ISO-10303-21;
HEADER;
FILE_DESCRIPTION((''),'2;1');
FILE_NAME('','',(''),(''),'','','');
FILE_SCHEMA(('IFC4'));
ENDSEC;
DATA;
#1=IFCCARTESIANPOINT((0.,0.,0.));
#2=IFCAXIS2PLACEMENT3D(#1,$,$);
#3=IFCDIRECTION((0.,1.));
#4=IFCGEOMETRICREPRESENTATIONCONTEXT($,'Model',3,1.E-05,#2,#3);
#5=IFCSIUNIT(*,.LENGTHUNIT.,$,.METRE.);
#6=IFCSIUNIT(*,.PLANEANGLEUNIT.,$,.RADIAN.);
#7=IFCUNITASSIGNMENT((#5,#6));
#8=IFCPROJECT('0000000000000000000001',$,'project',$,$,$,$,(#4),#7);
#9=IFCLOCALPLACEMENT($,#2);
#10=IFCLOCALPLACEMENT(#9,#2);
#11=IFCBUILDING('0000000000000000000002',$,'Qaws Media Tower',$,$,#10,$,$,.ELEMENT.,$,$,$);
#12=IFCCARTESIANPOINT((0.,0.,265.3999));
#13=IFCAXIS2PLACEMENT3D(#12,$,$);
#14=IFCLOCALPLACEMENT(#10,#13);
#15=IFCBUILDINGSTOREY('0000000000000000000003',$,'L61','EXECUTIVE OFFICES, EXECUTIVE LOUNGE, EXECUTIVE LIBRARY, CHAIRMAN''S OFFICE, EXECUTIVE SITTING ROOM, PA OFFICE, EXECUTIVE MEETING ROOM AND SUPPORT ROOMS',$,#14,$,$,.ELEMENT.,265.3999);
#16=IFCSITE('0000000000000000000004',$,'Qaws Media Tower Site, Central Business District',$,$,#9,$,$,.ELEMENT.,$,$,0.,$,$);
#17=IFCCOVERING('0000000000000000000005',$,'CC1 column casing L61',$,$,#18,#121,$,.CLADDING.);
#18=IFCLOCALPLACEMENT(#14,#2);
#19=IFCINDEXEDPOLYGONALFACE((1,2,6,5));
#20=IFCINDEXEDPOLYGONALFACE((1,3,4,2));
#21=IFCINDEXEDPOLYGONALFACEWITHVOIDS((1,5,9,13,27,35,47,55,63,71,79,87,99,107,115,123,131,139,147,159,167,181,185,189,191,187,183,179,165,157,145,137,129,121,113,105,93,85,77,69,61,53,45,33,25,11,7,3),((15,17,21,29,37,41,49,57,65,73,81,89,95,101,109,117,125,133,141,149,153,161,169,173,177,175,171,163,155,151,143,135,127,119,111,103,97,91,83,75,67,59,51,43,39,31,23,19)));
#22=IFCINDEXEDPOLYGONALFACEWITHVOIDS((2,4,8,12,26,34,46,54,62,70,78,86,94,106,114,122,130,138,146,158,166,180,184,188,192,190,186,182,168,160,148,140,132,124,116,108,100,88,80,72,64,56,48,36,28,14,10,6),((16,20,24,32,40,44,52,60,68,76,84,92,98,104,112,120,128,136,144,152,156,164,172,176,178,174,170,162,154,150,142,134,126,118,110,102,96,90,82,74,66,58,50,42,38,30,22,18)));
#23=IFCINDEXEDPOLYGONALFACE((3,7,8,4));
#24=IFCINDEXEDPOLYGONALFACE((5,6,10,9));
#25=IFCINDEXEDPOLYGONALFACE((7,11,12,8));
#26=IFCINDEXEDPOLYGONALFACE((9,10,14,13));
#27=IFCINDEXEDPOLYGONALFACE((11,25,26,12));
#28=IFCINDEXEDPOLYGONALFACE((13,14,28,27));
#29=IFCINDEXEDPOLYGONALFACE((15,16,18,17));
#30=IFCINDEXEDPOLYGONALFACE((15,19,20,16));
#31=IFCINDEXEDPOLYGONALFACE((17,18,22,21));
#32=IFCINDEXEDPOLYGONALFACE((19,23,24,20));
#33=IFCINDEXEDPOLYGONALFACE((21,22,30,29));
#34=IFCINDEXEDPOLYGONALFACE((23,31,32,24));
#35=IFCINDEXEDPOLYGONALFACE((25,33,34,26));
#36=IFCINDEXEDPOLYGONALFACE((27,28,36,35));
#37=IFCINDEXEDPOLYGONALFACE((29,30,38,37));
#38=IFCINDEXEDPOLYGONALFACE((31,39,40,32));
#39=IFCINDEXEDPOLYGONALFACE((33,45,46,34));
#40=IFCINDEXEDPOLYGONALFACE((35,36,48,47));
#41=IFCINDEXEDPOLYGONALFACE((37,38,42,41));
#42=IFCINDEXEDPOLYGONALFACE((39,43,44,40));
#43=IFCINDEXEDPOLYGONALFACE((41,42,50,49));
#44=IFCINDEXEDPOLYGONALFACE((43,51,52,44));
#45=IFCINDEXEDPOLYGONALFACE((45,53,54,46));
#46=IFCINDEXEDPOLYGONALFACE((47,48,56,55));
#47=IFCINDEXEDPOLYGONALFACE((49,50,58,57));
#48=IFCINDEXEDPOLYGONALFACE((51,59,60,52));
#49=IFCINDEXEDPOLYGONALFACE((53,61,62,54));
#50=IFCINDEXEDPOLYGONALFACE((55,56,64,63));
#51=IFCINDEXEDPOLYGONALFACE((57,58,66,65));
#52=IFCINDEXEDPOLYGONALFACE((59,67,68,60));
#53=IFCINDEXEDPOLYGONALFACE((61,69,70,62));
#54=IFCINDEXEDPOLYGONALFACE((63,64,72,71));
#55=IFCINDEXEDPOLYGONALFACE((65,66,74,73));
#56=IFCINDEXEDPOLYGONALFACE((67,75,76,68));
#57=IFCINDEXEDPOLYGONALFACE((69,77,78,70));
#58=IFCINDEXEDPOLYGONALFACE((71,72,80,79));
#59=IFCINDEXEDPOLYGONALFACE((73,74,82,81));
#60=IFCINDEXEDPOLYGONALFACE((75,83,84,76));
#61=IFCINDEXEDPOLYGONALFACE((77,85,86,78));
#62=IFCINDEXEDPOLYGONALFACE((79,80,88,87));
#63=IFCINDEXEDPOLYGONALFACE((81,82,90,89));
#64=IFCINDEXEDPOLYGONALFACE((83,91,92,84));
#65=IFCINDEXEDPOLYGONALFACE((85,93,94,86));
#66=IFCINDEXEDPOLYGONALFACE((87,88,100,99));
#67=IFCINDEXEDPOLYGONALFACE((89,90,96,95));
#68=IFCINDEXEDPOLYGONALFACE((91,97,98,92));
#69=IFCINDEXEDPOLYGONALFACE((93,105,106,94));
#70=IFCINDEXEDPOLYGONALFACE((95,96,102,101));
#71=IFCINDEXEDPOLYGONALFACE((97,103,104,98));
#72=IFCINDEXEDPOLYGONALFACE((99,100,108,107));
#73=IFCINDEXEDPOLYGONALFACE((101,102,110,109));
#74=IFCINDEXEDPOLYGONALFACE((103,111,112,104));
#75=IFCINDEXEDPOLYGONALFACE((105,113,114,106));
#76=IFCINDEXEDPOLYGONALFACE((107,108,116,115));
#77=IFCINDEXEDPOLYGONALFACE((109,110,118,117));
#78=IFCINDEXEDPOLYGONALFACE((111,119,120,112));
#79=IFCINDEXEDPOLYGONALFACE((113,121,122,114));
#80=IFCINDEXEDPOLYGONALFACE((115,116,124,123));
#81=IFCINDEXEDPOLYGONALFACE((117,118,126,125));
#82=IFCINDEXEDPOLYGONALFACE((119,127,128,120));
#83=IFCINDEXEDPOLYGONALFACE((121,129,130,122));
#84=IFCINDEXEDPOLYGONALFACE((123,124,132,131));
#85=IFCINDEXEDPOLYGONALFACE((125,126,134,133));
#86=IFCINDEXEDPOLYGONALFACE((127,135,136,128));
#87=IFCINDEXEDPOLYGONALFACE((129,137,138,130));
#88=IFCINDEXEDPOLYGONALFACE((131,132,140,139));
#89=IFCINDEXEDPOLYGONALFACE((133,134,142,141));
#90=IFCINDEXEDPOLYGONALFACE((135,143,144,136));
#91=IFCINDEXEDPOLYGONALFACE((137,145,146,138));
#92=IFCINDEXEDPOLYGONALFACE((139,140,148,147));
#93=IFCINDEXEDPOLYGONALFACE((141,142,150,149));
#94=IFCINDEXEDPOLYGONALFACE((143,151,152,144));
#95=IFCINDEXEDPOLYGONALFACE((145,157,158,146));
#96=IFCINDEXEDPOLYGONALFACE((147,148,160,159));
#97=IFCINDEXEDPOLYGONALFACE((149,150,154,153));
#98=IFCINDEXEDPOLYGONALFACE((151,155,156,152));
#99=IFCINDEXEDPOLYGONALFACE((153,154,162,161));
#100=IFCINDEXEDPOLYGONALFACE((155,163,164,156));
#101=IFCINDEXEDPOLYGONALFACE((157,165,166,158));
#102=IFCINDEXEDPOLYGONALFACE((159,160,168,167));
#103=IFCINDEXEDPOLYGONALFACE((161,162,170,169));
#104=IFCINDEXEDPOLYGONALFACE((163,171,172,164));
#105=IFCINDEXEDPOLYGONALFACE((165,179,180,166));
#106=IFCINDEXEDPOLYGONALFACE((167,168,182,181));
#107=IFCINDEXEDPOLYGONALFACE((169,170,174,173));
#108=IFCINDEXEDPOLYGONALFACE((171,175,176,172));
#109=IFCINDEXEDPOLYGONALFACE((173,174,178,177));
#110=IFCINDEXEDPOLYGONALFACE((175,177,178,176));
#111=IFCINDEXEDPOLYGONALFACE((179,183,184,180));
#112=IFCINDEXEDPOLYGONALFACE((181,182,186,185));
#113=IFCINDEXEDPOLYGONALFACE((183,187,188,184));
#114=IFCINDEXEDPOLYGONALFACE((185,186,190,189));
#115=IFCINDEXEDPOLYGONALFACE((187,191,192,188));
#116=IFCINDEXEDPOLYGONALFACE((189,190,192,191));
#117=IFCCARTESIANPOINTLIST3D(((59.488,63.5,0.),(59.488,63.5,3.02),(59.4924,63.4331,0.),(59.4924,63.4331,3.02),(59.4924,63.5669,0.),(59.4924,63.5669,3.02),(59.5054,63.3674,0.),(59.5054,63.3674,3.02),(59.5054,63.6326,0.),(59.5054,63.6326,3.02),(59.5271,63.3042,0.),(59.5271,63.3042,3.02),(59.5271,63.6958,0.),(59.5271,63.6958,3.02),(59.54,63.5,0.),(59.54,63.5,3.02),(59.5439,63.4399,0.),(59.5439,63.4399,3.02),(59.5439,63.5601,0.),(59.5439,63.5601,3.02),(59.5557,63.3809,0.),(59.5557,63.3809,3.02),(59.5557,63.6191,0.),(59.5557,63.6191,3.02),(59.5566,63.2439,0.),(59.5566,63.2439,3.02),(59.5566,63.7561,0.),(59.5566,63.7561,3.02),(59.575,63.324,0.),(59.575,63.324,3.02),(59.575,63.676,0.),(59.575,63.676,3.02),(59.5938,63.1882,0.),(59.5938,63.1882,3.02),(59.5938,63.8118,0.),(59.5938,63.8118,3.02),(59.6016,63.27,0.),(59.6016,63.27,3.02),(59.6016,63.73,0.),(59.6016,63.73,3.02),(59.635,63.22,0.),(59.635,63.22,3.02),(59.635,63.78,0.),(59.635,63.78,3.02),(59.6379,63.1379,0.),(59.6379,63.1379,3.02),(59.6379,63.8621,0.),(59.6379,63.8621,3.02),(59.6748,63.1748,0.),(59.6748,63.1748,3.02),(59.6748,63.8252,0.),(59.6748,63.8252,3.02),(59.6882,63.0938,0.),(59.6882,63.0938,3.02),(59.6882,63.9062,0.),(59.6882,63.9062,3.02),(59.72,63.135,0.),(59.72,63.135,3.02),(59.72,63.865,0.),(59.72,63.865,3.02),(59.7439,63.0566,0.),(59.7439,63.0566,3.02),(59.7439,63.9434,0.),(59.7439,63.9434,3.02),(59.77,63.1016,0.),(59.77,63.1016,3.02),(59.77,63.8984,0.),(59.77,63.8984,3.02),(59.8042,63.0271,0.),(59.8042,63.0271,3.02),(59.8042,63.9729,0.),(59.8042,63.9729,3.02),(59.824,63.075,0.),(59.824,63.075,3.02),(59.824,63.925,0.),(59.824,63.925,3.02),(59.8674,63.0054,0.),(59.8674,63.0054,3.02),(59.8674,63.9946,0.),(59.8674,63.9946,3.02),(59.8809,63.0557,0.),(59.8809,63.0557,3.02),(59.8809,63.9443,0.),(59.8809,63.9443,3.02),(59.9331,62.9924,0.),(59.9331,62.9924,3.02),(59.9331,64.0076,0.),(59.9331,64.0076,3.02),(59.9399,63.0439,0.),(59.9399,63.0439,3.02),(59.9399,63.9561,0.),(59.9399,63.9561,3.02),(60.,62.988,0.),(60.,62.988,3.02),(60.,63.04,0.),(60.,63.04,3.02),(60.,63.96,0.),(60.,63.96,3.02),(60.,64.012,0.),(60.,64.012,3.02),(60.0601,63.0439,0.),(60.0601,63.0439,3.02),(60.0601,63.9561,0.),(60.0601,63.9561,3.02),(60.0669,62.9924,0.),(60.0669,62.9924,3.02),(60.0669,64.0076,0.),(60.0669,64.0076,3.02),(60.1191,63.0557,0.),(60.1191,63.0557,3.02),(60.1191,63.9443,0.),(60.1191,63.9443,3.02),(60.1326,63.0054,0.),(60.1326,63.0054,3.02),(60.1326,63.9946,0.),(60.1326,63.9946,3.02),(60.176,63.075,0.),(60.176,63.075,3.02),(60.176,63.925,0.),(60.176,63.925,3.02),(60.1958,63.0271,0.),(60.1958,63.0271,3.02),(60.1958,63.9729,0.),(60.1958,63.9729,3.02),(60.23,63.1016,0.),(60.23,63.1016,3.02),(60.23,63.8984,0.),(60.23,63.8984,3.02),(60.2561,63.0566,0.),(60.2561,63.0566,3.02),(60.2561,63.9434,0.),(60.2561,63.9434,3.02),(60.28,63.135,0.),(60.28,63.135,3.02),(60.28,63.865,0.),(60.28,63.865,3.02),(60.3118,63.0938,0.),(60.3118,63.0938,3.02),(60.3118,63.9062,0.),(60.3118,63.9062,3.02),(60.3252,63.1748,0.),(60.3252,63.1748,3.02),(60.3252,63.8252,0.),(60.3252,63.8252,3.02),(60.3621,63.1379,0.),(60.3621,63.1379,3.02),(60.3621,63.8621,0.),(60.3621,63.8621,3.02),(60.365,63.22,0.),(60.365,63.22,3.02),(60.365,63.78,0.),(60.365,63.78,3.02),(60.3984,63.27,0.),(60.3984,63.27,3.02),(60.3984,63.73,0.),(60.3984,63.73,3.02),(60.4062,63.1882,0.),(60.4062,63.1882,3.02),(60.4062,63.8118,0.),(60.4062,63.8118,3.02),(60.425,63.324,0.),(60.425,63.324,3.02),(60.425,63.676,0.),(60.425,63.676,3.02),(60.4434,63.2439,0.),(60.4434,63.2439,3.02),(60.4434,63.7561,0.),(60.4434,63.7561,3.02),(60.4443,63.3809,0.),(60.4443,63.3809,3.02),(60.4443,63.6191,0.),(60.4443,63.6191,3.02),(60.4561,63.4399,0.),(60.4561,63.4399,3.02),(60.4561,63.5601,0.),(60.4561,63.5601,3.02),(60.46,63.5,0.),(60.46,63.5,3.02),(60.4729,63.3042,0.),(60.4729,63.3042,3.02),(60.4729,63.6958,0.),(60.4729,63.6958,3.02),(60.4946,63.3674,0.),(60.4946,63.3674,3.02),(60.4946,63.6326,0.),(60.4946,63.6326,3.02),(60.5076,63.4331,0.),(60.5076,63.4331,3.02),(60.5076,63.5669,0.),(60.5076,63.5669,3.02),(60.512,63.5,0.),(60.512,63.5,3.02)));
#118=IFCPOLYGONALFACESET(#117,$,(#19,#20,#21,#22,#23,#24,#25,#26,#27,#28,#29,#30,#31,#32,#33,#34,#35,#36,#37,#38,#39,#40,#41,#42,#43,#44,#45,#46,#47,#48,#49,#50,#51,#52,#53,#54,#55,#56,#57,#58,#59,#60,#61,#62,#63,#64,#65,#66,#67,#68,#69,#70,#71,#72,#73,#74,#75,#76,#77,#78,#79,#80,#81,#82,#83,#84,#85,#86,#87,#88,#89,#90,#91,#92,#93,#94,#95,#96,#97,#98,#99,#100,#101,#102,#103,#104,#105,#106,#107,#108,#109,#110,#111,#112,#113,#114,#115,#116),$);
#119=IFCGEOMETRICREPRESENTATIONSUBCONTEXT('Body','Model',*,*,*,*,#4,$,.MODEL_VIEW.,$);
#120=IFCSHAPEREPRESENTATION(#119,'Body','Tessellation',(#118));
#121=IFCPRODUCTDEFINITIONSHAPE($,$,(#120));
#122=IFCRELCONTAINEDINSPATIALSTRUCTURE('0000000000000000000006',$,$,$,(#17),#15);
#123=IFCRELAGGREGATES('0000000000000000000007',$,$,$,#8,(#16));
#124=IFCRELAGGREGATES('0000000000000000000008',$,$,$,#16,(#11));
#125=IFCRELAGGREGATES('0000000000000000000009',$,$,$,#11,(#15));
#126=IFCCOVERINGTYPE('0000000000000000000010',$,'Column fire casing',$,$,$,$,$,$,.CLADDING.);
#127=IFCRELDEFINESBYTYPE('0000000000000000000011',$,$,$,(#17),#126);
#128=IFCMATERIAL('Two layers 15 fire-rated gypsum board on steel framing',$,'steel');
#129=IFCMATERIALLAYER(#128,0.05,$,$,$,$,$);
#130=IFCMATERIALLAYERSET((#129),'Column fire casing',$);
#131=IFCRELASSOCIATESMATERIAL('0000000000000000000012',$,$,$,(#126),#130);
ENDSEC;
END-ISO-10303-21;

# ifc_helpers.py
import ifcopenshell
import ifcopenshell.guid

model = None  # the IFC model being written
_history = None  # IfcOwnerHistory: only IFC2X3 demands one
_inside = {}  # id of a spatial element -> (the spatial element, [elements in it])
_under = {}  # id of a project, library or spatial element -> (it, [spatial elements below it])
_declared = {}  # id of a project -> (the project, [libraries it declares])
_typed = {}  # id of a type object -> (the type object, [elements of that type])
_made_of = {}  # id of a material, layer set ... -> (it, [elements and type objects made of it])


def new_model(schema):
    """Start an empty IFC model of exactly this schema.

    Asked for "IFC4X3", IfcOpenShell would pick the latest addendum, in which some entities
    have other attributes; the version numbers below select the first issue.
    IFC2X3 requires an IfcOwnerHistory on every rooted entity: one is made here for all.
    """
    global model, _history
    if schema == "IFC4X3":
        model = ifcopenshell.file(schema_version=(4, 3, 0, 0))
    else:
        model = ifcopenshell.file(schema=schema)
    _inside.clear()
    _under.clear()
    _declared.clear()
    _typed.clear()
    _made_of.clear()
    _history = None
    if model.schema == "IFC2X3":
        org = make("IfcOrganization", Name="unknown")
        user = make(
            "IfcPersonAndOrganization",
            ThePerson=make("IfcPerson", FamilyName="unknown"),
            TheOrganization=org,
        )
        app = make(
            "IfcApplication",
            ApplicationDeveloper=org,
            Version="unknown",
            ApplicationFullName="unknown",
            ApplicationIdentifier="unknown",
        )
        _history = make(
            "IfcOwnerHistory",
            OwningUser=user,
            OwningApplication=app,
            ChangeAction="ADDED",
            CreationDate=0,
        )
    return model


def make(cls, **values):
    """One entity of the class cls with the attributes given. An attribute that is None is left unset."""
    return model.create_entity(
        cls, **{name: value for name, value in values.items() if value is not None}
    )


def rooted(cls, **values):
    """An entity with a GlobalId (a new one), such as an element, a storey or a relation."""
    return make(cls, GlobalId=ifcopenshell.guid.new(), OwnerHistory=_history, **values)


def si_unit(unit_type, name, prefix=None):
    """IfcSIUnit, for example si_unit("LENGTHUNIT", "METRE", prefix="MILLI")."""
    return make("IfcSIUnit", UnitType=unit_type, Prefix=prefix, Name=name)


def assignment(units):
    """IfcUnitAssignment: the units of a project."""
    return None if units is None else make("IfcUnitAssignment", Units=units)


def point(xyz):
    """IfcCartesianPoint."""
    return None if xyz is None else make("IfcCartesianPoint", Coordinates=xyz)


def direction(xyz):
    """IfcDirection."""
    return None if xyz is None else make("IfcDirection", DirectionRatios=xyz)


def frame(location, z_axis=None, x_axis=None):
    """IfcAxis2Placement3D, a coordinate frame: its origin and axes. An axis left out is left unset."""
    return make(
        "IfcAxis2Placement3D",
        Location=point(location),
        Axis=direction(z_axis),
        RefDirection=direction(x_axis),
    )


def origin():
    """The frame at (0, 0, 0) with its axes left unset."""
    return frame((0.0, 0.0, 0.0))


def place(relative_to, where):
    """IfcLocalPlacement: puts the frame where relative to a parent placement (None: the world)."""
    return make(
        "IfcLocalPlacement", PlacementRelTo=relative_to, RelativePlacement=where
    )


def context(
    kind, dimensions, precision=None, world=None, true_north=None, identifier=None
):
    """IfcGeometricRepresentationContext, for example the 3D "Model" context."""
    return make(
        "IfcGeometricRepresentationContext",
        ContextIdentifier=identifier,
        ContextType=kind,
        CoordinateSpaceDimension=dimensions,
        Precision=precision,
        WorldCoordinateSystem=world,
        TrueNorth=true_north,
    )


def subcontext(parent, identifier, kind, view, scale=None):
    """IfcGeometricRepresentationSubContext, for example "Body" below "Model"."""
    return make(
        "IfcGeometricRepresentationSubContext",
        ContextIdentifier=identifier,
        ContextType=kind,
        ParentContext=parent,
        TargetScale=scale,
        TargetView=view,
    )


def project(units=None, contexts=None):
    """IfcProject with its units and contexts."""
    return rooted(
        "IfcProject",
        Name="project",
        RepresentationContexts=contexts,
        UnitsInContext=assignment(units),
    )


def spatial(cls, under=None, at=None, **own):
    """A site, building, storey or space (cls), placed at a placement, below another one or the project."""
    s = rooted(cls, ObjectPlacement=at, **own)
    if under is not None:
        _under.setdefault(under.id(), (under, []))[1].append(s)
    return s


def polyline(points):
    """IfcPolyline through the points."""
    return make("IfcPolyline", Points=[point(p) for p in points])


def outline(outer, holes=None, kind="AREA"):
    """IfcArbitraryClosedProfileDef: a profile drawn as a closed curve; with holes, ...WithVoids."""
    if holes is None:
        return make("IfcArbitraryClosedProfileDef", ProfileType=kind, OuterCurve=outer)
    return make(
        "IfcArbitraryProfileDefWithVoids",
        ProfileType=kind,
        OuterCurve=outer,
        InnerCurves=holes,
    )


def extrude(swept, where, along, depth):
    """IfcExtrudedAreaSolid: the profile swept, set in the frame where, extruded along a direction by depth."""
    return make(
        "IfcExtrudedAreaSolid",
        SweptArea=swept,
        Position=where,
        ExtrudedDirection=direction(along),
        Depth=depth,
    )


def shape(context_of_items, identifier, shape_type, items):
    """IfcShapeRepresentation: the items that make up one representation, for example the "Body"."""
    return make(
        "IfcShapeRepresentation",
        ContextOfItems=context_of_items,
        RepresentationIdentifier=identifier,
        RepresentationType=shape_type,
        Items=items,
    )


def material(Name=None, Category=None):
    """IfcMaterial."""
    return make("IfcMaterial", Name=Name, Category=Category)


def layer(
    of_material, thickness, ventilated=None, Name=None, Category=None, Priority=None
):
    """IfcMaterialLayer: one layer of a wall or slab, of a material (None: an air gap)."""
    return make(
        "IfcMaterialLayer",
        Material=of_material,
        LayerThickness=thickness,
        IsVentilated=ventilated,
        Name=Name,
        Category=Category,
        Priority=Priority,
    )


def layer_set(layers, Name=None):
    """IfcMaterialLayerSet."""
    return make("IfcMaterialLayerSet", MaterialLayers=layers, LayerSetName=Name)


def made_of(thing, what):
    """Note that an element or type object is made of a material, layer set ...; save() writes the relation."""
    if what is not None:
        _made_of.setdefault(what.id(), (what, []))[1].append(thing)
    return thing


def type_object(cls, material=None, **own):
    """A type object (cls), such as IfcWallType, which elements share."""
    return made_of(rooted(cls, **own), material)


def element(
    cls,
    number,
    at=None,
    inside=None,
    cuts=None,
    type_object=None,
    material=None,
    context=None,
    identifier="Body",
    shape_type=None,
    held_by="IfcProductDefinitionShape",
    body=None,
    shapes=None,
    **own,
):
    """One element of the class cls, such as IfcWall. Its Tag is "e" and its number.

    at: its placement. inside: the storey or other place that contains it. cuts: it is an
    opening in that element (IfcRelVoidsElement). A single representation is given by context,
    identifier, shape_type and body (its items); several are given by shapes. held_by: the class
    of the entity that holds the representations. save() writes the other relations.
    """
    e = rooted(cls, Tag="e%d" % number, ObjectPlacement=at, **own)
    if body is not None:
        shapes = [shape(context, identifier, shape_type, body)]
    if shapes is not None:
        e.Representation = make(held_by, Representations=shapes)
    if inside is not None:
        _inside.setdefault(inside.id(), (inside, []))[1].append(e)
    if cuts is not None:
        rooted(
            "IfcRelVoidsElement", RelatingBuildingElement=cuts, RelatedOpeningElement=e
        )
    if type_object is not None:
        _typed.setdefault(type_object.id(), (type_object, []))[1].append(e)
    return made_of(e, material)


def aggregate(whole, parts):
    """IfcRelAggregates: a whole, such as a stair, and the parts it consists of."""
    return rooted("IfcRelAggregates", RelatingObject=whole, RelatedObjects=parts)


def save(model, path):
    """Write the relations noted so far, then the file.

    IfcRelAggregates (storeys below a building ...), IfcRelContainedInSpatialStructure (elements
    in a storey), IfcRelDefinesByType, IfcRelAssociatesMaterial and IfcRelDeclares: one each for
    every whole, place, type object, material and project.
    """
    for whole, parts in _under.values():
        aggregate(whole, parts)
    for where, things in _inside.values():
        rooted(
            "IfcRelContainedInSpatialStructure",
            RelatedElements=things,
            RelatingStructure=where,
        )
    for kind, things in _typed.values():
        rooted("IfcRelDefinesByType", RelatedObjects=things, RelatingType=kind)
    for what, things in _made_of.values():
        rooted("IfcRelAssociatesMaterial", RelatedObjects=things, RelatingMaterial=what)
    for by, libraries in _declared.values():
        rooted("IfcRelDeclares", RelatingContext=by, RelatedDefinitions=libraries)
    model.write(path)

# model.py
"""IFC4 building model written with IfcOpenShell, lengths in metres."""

from ifc_helpers import new_model, si_unit, direction, frame, origin, place, context, subcontext, project, spatial, polyline, outline, extrude, material, layer, layer_set, type_object, element, save


model = new_model("IFC4")

# Units and contexts
model_context = context("Model", 3, precision=1e-05, world=origin(), true_north=direction((0.0, 1.0)))
body_context = subcontext(model_context, "Body", "Model", "MODEL_VIEW")
ifc_project = project(units=[si_unit("LENGTHUNIT", "METRE"), si_unit("PLANEANGLEUNIT", "RADIAN")], contexts=[model_context])

# Site, building, storey
site_placement = place(None, origin())
site = spatial("IfcSite", under=ifc_project, at=site_placement, Name="Qaws Media Tower Site, Central Business District", CompositionType="ELEMENT", RefElevation=0.0)
building_placement = place(site_placement, origin())
building = spatial("IfcBuilding", under=site, at=building_placement, Name="Qaws Media Tower", CompositionType="ELEMENT")
storey_placement = place(building_placement, frame((0.0, 0.0, 265.3999)))
storey = spatial("IfcBuildingStorey", under=building, at=storey_placement, Name="L61", Description="EXECUTIVE OFFICES, EXECUTIVE LOUNGE, EXECUTIVE LIBRARY, CHAIRMAN'S OFFICE, EXECUTIVE SITTING ROOM, PA OFFICE, EXECUTIVE MEETING ROOM AND SUPPORT ROOMS", CompositionType="ELEMENT", Elevation=265.3999)

# Covering
ifc_material_1 = material(Name="Two layers 15 fire-rated gypsum board on steel framing", Category="steel")
ifc_layer_1 = layer(ifc_material_1, 0.05)
ifc_layer_set_1 = layer_set([ifc_layer_1], Name="Column fire casing")
covering_type = type_object("IfcCoveringType", Name="Column fire casing", PredefinedType="CLADDING", material=ifc_layer_set_1)
covering_1_placement = place(storey_placement, origin())
element("IfcCovering", 1, at=covering_1_placement, inside=storey, type_object=covering_type, Name="CC1 column casing L61", PredefinedType="CLADDING", context=body_context, shape_type="SweptSolid", body=[
    extrude(outline(polyline([(60.512, 63.5), (60.5076, 63.4331), (60.4946, 63.3674), (60.4729, 63.3042), (60.4434, 63.2439), (60.4062, 63.1882), (60.3621, 63.1379), (60.3118, 63.0938), (60.2561, 63.0566), (60.1958, 63.0271), (60.1326, 63.0054), (60.0669, 62.9924), (60.0, 62.988), (59.9331, 62.9924), (59.8674, 63.0054), (59.8042, 63.0271), (59.7439, 63.0566), (59.6882, 63.0938), (59.6379, 63.1379), (59.5938, 63.1882), (59.5566, 63.2439), (59.5271, 63.3042), (59.5054, 63.3674), (59.4924, 63.4331), (59.488, 63.5), (59.4924, 63.5669), (59.5054, 63.6326), (59.5271, 63.6958), (59.5566, 63.7561), (59.5938, 63.8118), (59.6379, 63.8621), (59.6882, 63.9062), (59.7439, 63.9434), (59.8042, 63.9729), (59.8674, 63.9946), (59.9331, 64.0076), (60.0, 64.012), (60.0669, 64.0076), (60.1326, 63.9946), (60.1958, 63.9729), (60.2561, 63.9434), (60.3118, 63.9062), (60.3621, 63.8621), (60.4062, 63.8118), (60.4434, 63.7561), (60.4729, 63.6958), (60.4946, 63.6326), (60.5076, 63.5669), (60.512, 63.5)]), holes=[polyline([(60.46, 63.5), (60.4561, 63.4399), (60.4443, 63.3809), (60.425, 63.324), (60.3984, 63.27), (60.365, 63.22), (60.3252, 63.1748), (60.28, 63.135), (60.23, 63.1016), (60.176, 63.075), (60.1191, 63.0557), (60.0601, 63.0439), (60.0, 63.04), (59.9399, 63.0439), (59.8809, 63.0557), (59.824, 63.075), (59.77, 63.1016), (59.72, 63.135), (59.6748, 63.1748), (59.635, 63.22), (59.6016, 63.27), (59.575, 63.324), (59.5557, 63.3809), (59.5439, 63.4399), (59.54, 63.5), (59.5439, 63.5601), (59.5557, 63.6191), (59.575, 63.676), (59.6016, 63.73), (59.635, 63.78), (59.6748, 63.8252), (59.72, 63.865), (59.77, 63.8984), (59.824, 63.925), (59.8809, 63.9443), (59.9399, 63.9561), (60.0, 63.96), (60.0601, 63.9561), (60.1191, 63.9443), (60.176, 63.925), (60.23, 63.8984), (60.28, 63.865), (60.3252, 63.8252), (60.365, 63.78), (60.3984, 63.73), (60.425, 63.676), (60.4443, 63.6191), (60.4561, 63.5601), (60.46, 63.5)])]), origin(), (0.0, 0.0, 1.0), 3.02),
])

save(model, "model.ifc")
